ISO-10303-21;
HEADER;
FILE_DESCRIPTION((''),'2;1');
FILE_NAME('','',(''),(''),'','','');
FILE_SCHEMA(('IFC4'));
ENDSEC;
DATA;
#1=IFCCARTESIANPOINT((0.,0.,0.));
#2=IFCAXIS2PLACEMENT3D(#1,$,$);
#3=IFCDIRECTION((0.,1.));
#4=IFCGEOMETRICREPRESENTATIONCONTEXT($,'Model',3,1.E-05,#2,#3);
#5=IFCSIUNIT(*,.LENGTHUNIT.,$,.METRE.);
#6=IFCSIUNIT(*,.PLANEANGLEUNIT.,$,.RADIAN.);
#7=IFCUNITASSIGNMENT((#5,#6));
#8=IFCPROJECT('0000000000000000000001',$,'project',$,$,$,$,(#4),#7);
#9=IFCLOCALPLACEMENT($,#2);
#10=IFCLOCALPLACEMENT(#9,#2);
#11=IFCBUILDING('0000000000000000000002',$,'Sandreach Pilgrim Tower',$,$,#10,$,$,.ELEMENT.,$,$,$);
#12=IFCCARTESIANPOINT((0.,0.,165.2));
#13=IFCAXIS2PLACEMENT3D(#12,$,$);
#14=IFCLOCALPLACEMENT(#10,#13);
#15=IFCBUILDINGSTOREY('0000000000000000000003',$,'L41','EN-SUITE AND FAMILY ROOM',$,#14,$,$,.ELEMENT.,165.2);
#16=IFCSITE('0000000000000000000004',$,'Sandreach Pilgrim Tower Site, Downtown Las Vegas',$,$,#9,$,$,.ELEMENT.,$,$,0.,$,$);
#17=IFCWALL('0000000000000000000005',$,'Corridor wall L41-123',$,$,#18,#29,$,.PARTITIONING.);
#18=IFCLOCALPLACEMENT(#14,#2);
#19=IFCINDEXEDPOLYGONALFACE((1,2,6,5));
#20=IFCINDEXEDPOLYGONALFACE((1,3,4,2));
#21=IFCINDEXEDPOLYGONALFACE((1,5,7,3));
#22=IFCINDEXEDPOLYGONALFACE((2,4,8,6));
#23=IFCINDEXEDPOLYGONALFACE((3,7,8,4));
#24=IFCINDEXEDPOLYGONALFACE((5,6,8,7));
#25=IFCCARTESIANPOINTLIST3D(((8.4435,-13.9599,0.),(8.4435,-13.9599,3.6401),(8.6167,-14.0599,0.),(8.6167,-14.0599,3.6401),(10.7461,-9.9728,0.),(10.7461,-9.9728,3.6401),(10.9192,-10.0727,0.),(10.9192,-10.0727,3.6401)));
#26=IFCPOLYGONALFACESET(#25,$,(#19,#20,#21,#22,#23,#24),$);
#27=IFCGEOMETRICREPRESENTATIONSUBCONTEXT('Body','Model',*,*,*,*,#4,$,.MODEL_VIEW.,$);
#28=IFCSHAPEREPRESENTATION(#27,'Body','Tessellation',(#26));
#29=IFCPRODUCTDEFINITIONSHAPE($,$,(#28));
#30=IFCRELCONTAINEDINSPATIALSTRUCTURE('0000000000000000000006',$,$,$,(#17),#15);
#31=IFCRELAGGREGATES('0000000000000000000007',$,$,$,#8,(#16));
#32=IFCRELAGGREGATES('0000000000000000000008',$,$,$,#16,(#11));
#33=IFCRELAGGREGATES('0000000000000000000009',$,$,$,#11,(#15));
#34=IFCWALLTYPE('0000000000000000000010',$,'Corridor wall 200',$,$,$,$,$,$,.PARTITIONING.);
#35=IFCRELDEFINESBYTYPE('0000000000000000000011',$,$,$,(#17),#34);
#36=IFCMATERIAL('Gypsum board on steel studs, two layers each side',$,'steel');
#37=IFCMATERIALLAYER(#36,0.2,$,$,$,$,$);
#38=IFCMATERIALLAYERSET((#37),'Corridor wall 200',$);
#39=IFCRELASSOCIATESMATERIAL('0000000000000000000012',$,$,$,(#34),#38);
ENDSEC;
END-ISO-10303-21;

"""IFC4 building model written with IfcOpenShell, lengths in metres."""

from ifc_helpers import new_model, si_unit, direction, frame, frame_2d, origin, place, context, subcontext, project, spatial, rectangle, extrude, material, layer, layer_set, type_object, element, save


model = new_model("IFC4")

# Units and contexts
model_context = context("Model", 3, precision=1e-05, world=origin(), true_north=direction((0.0, 1.0)))
body_context = subcontext(model_context, "Body", "Model", "MODEL_VIEW")
ifc_project = project(units=[si_unit("LENGTHUNIT", "METRE"), si_unit("PLANEANGLEUNIT", "RADIAN")], contexts=[model_context])

# Site, building, storey
site_placement = place(None, origin())
site = spatial("IfcSite", under=ifc_project, at=site_placement, Name="Sandreach Pilgrim Tower Site, Downtown Las Vegas", CompositionType="ELEMENT", RefElevation=0.0)
building_placement = place(site_placement, origin())
building = spatial("IfcBuilding", under=site, at=building_placement, Name="Sandreach Pilgrim Tower", CompositionType="ELEMENT")
storey_placement = place(building_placement, frame((0.0, 0.0, 165.2)))
storey = spatial("IfcBuildingStorey", under=building, at=storey_placement, Name="L41", Description="EN-SUITE AND FAMILY ROOM", CompositionType="ELEMENT", Elevation=165.2)

# Shared definitions
ifc_material_1 = material(Name="Gypsum board on steel studs, two layers each side", Category="steel")
ifc_layer_1 = layer(ifc_material_1, 0.2)
ifc_layer_set_1 = layer_set([ifc_layer_1], Name="Corridor wall 200")
wall_type_1 = type_object("IfcWallType", Name="Corridor wall 200", PredefinedType="PARTITIONING", material=ifc_layer_set_1)

# Wall
wall_1_placement = place(storey_placement, frame((8.53, -14.01, 0.0), z_axis=(0.0, 0.0, 1.0), x_axis=(0.500091, 0.865973, 0.0)))
element("IfcWall", 1, at=wall_1_placement, inside=storey, type_object=wall_type_1, Name="Corridor wall L41-123", PredefinedType="PARTITIONING", context=body_context, shape_type="SweptSolid", body=[
    extrude(rectangle(XDim=4.6042, YDim=0.2, at=frame_2d((2.3022, 0.0))), origin(), (0.0, 0.0, 1.0), 3.6401),
])

save(model, "model.ifc")
